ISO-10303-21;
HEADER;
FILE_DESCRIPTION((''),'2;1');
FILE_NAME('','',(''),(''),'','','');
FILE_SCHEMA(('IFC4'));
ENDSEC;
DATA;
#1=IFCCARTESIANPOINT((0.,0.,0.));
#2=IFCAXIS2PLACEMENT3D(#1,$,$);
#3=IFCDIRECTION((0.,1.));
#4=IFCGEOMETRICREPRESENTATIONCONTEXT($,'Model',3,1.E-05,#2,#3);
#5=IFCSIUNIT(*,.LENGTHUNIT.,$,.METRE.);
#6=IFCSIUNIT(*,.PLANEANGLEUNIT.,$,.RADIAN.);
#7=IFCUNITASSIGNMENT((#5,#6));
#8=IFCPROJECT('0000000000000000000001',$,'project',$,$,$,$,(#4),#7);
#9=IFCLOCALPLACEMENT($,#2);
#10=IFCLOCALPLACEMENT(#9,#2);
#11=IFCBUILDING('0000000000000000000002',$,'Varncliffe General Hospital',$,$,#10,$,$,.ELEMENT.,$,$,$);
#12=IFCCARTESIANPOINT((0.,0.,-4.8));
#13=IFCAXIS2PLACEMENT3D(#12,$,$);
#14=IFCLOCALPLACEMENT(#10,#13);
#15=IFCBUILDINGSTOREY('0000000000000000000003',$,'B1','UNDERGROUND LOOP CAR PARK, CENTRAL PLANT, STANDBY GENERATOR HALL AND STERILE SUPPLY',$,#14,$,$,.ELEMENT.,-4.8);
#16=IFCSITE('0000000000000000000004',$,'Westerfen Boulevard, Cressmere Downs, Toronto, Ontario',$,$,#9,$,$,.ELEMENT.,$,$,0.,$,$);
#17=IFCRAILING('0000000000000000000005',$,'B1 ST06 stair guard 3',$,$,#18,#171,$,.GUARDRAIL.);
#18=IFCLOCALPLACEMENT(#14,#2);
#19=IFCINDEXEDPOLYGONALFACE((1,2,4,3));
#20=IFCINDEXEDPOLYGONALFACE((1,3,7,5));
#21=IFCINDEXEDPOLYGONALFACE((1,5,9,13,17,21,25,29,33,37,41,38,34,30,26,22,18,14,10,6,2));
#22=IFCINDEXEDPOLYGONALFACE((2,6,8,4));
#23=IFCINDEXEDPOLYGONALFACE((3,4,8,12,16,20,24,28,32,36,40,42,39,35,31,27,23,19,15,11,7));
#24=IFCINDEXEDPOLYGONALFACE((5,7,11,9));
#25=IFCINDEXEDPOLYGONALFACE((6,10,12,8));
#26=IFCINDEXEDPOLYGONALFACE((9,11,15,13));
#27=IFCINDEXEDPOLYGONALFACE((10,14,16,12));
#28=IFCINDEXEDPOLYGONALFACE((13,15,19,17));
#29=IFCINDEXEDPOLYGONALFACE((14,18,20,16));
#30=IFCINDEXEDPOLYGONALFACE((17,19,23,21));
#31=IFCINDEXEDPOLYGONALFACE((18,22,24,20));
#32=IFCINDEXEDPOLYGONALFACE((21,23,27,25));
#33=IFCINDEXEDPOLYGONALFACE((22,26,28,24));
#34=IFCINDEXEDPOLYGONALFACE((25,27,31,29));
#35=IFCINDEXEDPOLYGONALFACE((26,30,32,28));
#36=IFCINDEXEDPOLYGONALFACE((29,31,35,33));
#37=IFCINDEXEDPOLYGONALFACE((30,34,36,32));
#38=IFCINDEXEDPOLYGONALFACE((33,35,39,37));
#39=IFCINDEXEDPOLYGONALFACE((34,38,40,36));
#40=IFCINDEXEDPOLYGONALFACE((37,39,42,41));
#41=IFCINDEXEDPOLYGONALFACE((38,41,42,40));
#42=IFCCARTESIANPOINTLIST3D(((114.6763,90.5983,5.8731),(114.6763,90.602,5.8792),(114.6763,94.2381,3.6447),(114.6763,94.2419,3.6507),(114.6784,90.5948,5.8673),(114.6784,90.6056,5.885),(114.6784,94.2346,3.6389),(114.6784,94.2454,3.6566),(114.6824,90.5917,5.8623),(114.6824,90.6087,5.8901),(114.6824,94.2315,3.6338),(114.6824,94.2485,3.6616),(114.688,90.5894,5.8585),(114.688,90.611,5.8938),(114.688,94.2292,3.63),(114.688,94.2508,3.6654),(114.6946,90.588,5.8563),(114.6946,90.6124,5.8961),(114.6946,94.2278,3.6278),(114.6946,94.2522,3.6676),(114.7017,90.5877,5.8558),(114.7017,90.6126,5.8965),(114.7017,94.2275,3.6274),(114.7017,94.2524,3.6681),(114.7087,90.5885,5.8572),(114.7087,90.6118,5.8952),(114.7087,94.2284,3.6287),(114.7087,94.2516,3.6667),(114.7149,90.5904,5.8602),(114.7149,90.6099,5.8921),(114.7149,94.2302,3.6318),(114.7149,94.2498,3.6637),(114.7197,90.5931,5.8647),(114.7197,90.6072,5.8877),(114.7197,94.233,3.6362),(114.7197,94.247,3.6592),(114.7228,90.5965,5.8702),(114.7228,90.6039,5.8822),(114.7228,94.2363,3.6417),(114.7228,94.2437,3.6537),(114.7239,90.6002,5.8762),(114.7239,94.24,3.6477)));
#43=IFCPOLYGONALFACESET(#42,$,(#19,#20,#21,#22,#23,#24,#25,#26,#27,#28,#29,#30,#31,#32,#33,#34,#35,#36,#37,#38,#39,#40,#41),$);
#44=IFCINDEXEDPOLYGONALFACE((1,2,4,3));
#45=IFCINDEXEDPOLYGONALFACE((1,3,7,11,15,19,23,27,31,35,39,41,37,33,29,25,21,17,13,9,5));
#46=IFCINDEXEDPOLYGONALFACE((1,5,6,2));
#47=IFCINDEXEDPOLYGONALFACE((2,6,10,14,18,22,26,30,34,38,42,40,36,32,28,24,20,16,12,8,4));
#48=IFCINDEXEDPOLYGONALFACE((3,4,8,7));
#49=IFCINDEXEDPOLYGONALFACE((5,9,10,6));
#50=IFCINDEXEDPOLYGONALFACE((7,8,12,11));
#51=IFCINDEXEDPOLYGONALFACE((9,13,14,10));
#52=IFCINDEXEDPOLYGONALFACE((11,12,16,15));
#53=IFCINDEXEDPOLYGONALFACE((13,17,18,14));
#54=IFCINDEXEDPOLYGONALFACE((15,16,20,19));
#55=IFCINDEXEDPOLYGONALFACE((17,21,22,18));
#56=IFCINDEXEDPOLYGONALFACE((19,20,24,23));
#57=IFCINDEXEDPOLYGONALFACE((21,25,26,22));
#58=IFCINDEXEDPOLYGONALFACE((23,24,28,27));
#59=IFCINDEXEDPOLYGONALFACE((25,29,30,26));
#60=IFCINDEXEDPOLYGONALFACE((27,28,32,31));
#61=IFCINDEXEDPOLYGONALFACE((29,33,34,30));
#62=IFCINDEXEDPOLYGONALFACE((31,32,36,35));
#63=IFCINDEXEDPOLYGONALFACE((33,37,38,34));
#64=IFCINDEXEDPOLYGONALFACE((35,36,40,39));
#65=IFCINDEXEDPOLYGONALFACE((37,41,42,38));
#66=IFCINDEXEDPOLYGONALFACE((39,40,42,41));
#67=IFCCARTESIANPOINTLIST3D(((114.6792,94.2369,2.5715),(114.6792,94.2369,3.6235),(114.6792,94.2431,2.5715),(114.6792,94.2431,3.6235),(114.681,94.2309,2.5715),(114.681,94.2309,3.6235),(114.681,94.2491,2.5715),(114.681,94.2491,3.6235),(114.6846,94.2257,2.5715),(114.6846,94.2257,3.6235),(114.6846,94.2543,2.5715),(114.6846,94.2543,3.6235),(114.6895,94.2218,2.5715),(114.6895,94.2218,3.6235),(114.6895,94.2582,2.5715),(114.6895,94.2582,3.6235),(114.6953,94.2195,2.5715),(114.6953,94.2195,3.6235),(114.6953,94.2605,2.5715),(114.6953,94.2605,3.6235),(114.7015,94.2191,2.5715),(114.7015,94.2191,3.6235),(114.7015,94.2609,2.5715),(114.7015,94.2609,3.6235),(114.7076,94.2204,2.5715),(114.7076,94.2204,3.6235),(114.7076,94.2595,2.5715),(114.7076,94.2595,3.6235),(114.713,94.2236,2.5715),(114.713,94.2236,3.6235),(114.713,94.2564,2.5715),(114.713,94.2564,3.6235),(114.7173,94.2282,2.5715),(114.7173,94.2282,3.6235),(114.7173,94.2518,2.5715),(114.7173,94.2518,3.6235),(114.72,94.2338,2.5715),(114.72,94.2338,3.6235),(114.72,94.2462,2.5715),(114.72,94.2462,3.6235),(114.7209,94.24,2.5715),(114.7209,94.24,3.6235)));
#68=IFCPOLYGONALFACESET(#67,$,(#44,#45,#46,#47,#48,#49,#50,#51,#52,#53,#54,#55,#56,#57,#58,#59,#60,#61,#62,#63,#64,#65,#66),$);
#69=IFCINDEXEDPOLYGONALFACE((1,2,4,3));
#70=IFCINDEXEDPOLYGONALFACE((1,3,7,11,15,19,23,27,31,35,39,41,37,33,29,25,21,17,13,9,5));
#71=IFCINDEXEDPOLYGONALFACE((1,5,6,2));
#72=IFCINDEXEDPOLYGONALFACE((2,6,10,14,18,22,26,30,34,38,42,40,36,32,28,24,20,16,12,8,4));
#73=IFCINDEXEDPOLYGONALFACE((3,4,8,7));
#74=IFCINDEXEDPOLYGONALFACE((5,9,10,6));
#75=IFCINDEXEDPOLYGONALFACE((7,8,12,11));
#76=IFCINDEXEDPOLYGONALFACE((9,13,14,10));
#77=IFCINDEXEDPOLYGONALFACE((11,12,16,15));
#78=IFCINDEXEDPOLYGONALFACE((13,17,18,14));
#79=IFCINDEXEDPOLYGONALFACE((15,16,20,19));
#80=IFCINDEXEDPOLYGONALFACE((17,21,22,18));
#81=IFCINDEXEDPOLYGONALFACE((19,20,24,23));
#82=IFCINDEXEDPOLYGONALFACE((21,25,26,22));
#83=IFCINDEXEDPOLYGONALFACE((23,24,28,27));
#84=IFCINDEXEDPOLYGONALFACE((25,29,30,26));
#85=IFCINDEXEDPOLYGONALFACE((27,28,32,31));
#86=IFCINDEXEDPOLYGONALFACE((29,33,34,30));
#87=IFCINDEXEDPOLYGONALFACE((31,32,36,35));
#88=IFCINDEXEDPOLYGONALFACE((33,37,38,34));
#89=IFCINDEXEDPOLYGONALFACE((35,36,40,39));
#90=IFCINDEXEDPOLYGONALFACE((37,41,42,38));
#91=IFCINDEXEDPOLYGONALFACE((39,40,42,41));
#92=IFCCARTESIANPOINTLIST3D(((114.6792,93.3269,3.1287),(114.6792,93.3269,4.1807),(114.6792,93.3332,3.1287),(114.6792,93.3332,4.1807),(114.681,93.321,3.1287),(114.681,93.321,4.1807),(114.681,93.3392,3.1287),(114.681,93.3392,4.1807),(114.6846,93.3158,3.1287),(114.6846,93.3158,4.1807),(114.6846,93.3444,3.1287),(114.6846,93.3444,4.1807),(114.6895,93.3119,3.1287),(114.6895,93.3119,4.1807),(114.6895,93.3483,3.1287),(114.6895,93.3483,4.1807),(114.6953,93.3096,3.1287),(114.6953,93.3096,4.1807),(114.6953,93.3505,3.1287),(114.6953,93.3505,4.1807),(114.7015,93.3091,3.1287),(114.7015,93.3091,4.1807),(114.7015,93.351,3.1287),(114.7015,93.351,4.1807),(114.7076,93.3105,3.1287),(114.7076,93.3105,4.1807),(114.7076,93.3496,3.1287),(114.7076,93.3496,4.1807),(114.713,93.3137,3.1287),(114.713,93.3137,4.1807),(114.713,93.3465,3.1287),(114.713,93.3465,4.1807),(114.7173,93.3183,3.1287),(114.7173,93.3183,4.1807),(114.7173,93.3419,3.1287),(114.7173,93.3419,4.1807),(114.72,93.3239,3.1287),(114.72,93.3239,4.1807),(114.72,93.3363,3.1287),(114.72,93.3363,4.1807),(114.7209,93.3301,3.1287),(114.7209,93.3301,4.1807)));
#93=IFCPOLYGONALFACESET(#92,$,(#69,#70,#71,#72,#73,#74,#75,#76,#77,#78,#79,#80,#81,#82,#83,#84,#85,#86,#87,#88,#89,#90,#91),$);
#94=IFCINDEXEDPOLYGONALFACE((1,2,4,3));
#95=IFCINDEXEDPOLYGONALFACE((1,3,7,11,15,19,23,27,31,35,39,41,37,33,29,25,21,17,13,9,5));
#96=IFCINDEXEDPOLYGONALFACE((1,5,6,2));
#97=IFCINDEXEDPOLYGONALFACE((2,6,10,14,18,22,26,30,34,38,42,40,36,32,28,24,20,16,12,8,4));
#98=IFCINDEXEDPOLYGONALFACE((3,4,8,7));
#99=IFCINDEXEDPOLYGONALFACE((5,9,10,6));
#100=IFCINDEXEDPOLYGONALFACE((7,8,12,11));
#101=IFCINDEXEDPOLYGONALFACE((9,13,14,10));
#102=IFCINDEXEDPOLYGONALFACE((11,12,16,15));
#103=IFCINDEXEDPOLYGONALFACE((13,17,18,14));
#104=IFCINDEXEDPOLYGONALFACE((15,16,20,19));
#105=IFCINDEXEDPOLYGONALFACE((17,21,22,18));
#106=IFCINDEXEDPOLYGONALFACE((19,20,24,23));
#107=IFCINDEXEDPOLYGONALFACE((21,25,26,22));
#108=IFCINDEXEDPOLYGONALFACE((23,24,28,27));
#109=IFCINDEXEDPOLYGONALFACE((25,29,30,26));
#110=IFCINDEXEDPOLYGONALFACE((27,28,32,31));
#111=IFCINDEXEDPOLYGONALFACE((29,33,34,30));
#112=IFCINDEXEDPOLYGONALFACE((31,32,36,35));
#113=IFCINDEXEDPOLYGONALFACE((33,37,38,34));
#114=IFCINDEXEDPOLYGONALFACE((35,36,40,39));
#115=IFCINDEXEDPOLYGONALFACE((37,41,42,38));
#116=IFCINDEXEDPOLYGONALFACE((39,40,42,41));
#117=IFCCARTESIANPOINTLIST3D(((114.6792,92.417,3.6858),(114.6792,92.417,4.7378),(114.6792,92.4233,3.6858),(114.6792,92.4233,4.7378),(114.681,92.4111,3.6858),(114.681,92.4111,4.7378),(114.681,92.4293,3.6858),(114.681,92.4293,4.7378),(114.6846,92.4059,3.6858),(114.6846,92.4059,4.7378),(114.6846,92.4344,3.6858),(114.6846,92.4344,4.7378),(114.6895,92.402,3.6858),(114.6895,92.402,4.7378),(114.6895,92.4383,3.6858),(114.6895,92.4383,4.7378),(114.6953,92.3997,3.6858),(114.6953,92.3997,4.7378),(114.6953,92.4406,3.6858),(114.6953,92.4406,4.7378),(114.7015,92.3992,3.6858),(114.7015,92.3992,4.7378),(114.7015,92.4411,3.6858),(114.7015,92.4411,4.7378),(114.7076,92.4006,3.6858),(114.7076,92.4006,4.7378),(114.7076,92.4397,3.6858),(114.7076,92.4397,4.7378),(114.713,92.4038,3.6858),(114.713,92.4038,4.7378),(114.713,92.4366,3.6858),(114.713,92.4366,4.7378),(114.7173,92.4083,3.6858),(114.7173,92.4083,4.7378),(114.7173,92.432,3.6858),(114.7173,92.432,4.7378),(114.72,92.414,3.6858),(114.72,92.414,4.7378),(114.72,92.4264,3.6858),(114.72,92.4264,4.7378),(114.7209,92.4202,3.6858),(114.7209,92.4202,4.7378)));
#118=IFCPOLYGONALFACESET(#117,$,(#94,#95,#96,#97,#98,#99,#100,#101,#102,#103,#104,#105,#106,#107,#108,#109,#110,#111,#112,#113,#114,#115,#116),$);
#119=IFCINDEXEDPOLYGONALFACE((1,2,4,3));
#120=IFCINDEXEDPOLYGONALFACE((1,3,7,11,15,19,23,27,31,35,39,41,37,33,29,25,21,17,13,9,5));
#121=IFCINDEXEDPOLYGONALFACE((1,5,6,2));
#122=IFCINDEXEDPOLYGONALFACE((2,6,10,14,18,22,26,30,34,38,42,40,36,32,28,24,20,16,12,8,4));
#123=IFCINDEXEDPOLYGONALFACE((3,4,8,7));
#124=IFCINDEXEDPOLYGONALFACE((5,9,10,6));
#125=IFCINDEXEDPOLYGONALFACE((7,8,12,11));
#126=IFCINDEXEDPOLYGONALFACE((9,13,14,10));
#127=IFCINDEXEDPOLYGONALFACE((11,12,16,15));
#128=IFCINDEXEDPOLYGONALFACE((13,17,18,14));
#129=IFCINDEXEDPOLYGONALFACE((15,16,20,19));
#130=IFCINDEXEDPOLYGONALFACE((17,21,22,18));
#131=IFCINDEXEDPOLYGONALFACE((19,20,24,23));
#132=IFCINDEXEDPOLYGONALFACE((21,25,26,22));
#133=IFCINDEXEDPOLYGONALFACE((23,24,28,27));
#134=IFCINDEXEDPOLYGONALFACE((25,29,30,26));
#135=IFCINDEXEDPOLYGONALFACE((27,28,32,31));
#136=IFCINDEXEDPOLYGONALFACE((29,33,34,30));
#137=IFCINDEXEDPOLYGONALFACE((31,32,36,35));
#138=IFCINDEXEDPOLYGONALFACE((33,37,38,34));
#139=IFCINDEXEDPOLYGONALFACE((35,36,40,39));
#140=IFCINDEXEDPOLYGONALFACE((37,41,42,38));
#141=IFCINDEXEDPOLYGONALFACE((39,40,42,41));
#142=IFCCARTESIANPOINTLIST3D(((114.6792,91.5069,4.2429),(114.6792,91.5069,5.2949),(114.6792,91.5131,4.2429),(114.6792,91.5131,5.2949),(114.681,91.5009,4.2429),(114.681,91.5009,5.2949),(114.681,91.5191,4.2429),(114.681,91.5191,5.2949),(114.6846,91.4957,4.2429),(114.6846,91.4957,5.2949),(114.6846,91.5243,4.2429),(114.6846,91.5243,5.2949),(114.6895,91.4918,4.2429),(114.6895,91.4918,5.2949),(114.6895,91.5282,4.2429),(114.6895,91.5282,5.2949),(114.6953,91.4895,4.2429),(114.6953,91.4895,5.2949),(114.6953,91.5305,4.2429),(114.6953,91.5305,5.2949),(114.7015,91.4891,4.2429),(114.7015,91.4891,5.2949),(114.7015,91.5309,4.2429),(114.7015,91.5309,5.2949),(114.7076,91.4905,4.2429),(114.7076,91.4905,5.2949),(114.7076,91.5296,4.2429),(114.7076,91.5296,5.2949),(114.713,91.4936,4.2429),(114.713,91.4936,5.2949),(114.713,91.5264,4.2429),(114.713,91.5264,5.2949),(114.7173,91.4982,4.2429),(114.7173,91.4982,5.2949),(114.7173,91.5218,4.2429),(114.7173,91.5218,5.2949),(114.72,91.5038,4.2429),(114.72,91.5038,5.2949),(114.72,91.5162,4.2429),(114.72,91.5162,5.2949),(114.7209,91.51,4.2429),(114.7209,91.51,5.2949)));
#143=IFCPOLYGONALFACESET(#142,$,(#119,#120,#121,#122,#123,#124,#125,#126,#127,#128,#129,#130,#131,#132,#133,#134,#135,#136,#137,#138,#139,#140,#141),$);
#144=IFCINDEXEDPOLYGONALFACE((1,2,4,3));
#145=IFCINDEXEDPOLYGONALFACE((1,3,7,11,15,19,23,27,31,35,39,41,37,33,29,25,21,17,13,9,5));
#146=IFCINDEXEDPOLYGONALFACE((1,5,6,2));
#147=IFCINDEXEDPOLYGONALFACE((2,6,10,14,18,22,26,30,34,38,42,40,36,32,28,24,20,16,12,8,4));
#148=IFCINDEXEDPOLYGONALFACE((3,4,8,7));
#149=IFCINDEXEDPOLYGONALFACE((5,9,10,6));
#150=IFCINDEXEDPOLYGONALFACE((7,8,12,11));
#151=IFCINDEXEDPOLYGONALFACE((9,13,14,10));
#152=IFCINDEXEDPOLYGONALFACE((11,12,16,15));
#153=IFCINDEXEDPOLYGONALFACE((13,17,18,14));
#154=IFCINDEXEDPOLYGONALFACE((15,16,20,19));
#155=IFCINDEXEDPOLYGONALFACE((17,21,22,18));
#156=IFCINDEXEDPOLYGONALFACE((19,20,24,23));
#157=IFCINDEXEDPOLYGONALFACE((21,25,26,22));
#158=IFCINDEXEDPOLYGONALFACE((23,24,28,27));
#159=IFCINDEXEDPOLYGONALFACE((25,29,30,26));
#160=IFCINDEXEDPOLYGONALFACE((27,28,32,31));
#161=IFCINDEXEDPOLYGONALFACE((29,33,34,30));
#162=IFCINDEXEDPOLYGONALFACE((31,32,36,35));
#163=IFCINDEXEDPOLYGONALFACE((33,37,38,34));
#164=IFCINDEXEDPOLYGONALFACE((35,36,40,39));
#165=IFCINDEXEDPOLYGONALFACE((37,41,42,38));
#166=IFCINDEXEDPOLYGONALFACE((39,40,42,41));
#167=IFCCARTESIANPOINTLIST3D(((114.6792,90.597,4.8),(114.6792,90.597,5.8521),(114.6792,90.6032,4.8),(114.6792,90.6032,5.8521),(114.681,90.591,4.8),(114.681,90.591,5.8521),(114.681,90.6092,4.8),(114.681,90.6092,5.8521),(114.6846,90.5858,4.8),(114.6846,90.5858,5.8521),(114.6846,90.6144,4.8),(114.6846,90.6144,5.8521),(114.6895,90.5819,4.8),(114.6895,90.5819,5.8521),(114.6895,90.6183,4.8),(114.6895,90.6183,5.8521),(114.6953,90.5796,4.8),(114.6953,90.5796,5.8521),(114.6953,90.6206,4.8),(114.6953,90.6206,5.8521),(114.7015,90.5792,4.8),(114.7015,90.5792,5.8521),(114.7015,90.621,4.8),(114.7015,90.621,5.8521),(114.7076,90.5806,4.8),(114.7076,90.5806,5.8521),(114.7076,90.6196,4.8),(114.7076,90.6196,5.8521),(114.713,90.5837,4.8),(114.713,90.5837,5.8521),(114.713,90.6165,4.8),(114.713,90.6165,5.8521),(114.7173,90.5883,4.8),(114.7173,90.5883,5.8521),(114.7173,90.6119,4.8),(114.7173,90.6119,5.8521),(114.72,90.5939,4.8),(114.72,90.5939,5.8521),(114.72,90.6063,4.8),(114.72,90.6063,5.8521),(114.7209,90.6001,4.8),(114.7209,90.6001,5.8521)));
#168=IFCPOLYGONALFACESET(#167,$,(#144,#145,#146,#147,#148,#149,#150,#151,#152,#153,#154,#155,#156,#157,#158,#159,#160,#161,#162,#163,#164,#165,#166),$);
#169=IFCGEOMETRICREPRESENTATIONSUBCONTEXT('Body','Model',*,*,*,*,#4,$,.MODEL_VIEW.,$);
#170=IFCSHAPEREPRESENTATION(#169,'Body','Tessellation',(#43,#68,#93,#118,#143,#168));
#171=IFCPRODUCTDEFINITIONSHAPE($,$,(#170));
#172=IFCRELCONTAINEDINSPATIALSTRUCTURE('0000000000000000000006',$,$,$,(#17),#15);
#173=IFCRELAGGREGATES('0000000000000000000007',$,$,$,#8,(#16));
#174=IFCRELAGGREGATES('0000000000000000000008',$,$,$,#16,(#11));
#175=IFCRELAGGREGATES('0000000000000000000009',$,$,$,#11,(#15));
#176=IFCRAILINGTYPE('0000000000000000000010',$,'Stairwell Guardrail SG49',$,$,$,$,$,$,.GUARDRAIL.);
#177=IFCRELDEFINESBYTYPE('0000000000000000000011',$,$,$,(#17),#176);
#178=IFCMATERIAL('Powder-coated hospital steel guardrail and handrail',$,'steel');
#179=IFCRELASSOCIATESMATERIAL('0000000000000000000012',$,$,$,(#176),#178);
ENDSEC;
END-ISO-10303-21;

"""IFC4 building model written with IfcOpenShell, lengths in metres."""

from ifc_helpers import new_model, si_unit, direction, frame, origin, origin_2d, place, context, subcontext, project, spatial, circle, extrude, material, type_object, element, save


model = new_model("IFC4")

# Units and contexts
model_context = context("Model", 3, precision=1e-05, world=origin(), true_north=direction((0.0, 1.0)))
body_context = subcontext(model_context, "Body", "Model", "MODEL_VIEW")
ifc_project = project(units=[si_unit("LENGTHUNIT", "METRE"), si_unit("PLANEANGLEUNIT", "RADIAN")], contexts=[model_context])

# Site, building, storey
site_placement = place(None, origin())
site = spatial("IfcSite", under=ifc_project, at=site_placement, Name="Westerfen Boulevard, Cressmere Downs, Toronto, Ontario", CompositionType="ELEMENT", RefElevation=0.0)
building_placement = place(site_placement, origin())
building = spatial("IfcBuilding", under=site, at=building_placement, Name="Varncliffe General Hospital", CompositionType="ELEMENT")
storey_placement = place(building_placement, frame((0.0, 0.0, -4.8)))
storey = spatial("IfcBuildingStorey", under=building, at=storey_placement, Name="B1", Description="UNDERGROUND LOOP CAR PARK, CENTRAL PLANT, STANDBY GENERATOR HALL AND STERILE SUPPLY", CompositionType="ELEMENT", Elevation=-4.8)

# Railing
ifc_material_1 = material(Name="Powder-coated hospital steel guardrail and handrail", Category="steel")
railing_type_1 = type_object("IfcRailingType", Name="Stairwell Guardrail SG49", PredefinedType="GUARDRAIL", material=ifc_material_1)
railing_1_placement = place(storey_placement, frame((114.7, 94.24, 2.5715)))
element("IfcRailing", 1, at=railing_1_placement, inside=storey, type_object=railing_type_1, Name="B1 ST06 stair guard 3", PredefinedType="GUARDRAIL", context=body_context, shape_type="SweptSolid", body=[
    extrude(circle(Radius=0.0239, at=origin_2d()), frame((0.0, 0.0, 1.0762), z_axis=(0.0, -0.85285, 0.522156), x_axis=(1.0, 0.0, 0.0)), (0.0, 0.0, 1.0), 4.2678),
    extrude(circle(Radius=0.021, at=origin_2d()), origin(), (0.0, 0.0, 1.0), 1.052),
    extrude(circle(Radius=0.021, at=origin_2d()), frame((0.0, -0.9099, 0.5571)), (0.0, 0.0, 1.0), 1.052),
    extrude(circle(Radius=0.021, at=origin_2d()), frame((0.0, -1.8198, 1.1143)), (0.0, 0.0, 1.0), 1.052),
    extrude(circle(Radius=0.021, at=origin_2d()), frame((0.0, -2.73, 1.6714)), (0.0, 0.0, 1.0), 1.052),
    extrude(circle(Radius=0.021, at=origin_2d()), frame((0.0, -3.6399, 2.2285)), (0.0, 0.0, 1.0), 1.052),
])

save(model, "model.ifc")
